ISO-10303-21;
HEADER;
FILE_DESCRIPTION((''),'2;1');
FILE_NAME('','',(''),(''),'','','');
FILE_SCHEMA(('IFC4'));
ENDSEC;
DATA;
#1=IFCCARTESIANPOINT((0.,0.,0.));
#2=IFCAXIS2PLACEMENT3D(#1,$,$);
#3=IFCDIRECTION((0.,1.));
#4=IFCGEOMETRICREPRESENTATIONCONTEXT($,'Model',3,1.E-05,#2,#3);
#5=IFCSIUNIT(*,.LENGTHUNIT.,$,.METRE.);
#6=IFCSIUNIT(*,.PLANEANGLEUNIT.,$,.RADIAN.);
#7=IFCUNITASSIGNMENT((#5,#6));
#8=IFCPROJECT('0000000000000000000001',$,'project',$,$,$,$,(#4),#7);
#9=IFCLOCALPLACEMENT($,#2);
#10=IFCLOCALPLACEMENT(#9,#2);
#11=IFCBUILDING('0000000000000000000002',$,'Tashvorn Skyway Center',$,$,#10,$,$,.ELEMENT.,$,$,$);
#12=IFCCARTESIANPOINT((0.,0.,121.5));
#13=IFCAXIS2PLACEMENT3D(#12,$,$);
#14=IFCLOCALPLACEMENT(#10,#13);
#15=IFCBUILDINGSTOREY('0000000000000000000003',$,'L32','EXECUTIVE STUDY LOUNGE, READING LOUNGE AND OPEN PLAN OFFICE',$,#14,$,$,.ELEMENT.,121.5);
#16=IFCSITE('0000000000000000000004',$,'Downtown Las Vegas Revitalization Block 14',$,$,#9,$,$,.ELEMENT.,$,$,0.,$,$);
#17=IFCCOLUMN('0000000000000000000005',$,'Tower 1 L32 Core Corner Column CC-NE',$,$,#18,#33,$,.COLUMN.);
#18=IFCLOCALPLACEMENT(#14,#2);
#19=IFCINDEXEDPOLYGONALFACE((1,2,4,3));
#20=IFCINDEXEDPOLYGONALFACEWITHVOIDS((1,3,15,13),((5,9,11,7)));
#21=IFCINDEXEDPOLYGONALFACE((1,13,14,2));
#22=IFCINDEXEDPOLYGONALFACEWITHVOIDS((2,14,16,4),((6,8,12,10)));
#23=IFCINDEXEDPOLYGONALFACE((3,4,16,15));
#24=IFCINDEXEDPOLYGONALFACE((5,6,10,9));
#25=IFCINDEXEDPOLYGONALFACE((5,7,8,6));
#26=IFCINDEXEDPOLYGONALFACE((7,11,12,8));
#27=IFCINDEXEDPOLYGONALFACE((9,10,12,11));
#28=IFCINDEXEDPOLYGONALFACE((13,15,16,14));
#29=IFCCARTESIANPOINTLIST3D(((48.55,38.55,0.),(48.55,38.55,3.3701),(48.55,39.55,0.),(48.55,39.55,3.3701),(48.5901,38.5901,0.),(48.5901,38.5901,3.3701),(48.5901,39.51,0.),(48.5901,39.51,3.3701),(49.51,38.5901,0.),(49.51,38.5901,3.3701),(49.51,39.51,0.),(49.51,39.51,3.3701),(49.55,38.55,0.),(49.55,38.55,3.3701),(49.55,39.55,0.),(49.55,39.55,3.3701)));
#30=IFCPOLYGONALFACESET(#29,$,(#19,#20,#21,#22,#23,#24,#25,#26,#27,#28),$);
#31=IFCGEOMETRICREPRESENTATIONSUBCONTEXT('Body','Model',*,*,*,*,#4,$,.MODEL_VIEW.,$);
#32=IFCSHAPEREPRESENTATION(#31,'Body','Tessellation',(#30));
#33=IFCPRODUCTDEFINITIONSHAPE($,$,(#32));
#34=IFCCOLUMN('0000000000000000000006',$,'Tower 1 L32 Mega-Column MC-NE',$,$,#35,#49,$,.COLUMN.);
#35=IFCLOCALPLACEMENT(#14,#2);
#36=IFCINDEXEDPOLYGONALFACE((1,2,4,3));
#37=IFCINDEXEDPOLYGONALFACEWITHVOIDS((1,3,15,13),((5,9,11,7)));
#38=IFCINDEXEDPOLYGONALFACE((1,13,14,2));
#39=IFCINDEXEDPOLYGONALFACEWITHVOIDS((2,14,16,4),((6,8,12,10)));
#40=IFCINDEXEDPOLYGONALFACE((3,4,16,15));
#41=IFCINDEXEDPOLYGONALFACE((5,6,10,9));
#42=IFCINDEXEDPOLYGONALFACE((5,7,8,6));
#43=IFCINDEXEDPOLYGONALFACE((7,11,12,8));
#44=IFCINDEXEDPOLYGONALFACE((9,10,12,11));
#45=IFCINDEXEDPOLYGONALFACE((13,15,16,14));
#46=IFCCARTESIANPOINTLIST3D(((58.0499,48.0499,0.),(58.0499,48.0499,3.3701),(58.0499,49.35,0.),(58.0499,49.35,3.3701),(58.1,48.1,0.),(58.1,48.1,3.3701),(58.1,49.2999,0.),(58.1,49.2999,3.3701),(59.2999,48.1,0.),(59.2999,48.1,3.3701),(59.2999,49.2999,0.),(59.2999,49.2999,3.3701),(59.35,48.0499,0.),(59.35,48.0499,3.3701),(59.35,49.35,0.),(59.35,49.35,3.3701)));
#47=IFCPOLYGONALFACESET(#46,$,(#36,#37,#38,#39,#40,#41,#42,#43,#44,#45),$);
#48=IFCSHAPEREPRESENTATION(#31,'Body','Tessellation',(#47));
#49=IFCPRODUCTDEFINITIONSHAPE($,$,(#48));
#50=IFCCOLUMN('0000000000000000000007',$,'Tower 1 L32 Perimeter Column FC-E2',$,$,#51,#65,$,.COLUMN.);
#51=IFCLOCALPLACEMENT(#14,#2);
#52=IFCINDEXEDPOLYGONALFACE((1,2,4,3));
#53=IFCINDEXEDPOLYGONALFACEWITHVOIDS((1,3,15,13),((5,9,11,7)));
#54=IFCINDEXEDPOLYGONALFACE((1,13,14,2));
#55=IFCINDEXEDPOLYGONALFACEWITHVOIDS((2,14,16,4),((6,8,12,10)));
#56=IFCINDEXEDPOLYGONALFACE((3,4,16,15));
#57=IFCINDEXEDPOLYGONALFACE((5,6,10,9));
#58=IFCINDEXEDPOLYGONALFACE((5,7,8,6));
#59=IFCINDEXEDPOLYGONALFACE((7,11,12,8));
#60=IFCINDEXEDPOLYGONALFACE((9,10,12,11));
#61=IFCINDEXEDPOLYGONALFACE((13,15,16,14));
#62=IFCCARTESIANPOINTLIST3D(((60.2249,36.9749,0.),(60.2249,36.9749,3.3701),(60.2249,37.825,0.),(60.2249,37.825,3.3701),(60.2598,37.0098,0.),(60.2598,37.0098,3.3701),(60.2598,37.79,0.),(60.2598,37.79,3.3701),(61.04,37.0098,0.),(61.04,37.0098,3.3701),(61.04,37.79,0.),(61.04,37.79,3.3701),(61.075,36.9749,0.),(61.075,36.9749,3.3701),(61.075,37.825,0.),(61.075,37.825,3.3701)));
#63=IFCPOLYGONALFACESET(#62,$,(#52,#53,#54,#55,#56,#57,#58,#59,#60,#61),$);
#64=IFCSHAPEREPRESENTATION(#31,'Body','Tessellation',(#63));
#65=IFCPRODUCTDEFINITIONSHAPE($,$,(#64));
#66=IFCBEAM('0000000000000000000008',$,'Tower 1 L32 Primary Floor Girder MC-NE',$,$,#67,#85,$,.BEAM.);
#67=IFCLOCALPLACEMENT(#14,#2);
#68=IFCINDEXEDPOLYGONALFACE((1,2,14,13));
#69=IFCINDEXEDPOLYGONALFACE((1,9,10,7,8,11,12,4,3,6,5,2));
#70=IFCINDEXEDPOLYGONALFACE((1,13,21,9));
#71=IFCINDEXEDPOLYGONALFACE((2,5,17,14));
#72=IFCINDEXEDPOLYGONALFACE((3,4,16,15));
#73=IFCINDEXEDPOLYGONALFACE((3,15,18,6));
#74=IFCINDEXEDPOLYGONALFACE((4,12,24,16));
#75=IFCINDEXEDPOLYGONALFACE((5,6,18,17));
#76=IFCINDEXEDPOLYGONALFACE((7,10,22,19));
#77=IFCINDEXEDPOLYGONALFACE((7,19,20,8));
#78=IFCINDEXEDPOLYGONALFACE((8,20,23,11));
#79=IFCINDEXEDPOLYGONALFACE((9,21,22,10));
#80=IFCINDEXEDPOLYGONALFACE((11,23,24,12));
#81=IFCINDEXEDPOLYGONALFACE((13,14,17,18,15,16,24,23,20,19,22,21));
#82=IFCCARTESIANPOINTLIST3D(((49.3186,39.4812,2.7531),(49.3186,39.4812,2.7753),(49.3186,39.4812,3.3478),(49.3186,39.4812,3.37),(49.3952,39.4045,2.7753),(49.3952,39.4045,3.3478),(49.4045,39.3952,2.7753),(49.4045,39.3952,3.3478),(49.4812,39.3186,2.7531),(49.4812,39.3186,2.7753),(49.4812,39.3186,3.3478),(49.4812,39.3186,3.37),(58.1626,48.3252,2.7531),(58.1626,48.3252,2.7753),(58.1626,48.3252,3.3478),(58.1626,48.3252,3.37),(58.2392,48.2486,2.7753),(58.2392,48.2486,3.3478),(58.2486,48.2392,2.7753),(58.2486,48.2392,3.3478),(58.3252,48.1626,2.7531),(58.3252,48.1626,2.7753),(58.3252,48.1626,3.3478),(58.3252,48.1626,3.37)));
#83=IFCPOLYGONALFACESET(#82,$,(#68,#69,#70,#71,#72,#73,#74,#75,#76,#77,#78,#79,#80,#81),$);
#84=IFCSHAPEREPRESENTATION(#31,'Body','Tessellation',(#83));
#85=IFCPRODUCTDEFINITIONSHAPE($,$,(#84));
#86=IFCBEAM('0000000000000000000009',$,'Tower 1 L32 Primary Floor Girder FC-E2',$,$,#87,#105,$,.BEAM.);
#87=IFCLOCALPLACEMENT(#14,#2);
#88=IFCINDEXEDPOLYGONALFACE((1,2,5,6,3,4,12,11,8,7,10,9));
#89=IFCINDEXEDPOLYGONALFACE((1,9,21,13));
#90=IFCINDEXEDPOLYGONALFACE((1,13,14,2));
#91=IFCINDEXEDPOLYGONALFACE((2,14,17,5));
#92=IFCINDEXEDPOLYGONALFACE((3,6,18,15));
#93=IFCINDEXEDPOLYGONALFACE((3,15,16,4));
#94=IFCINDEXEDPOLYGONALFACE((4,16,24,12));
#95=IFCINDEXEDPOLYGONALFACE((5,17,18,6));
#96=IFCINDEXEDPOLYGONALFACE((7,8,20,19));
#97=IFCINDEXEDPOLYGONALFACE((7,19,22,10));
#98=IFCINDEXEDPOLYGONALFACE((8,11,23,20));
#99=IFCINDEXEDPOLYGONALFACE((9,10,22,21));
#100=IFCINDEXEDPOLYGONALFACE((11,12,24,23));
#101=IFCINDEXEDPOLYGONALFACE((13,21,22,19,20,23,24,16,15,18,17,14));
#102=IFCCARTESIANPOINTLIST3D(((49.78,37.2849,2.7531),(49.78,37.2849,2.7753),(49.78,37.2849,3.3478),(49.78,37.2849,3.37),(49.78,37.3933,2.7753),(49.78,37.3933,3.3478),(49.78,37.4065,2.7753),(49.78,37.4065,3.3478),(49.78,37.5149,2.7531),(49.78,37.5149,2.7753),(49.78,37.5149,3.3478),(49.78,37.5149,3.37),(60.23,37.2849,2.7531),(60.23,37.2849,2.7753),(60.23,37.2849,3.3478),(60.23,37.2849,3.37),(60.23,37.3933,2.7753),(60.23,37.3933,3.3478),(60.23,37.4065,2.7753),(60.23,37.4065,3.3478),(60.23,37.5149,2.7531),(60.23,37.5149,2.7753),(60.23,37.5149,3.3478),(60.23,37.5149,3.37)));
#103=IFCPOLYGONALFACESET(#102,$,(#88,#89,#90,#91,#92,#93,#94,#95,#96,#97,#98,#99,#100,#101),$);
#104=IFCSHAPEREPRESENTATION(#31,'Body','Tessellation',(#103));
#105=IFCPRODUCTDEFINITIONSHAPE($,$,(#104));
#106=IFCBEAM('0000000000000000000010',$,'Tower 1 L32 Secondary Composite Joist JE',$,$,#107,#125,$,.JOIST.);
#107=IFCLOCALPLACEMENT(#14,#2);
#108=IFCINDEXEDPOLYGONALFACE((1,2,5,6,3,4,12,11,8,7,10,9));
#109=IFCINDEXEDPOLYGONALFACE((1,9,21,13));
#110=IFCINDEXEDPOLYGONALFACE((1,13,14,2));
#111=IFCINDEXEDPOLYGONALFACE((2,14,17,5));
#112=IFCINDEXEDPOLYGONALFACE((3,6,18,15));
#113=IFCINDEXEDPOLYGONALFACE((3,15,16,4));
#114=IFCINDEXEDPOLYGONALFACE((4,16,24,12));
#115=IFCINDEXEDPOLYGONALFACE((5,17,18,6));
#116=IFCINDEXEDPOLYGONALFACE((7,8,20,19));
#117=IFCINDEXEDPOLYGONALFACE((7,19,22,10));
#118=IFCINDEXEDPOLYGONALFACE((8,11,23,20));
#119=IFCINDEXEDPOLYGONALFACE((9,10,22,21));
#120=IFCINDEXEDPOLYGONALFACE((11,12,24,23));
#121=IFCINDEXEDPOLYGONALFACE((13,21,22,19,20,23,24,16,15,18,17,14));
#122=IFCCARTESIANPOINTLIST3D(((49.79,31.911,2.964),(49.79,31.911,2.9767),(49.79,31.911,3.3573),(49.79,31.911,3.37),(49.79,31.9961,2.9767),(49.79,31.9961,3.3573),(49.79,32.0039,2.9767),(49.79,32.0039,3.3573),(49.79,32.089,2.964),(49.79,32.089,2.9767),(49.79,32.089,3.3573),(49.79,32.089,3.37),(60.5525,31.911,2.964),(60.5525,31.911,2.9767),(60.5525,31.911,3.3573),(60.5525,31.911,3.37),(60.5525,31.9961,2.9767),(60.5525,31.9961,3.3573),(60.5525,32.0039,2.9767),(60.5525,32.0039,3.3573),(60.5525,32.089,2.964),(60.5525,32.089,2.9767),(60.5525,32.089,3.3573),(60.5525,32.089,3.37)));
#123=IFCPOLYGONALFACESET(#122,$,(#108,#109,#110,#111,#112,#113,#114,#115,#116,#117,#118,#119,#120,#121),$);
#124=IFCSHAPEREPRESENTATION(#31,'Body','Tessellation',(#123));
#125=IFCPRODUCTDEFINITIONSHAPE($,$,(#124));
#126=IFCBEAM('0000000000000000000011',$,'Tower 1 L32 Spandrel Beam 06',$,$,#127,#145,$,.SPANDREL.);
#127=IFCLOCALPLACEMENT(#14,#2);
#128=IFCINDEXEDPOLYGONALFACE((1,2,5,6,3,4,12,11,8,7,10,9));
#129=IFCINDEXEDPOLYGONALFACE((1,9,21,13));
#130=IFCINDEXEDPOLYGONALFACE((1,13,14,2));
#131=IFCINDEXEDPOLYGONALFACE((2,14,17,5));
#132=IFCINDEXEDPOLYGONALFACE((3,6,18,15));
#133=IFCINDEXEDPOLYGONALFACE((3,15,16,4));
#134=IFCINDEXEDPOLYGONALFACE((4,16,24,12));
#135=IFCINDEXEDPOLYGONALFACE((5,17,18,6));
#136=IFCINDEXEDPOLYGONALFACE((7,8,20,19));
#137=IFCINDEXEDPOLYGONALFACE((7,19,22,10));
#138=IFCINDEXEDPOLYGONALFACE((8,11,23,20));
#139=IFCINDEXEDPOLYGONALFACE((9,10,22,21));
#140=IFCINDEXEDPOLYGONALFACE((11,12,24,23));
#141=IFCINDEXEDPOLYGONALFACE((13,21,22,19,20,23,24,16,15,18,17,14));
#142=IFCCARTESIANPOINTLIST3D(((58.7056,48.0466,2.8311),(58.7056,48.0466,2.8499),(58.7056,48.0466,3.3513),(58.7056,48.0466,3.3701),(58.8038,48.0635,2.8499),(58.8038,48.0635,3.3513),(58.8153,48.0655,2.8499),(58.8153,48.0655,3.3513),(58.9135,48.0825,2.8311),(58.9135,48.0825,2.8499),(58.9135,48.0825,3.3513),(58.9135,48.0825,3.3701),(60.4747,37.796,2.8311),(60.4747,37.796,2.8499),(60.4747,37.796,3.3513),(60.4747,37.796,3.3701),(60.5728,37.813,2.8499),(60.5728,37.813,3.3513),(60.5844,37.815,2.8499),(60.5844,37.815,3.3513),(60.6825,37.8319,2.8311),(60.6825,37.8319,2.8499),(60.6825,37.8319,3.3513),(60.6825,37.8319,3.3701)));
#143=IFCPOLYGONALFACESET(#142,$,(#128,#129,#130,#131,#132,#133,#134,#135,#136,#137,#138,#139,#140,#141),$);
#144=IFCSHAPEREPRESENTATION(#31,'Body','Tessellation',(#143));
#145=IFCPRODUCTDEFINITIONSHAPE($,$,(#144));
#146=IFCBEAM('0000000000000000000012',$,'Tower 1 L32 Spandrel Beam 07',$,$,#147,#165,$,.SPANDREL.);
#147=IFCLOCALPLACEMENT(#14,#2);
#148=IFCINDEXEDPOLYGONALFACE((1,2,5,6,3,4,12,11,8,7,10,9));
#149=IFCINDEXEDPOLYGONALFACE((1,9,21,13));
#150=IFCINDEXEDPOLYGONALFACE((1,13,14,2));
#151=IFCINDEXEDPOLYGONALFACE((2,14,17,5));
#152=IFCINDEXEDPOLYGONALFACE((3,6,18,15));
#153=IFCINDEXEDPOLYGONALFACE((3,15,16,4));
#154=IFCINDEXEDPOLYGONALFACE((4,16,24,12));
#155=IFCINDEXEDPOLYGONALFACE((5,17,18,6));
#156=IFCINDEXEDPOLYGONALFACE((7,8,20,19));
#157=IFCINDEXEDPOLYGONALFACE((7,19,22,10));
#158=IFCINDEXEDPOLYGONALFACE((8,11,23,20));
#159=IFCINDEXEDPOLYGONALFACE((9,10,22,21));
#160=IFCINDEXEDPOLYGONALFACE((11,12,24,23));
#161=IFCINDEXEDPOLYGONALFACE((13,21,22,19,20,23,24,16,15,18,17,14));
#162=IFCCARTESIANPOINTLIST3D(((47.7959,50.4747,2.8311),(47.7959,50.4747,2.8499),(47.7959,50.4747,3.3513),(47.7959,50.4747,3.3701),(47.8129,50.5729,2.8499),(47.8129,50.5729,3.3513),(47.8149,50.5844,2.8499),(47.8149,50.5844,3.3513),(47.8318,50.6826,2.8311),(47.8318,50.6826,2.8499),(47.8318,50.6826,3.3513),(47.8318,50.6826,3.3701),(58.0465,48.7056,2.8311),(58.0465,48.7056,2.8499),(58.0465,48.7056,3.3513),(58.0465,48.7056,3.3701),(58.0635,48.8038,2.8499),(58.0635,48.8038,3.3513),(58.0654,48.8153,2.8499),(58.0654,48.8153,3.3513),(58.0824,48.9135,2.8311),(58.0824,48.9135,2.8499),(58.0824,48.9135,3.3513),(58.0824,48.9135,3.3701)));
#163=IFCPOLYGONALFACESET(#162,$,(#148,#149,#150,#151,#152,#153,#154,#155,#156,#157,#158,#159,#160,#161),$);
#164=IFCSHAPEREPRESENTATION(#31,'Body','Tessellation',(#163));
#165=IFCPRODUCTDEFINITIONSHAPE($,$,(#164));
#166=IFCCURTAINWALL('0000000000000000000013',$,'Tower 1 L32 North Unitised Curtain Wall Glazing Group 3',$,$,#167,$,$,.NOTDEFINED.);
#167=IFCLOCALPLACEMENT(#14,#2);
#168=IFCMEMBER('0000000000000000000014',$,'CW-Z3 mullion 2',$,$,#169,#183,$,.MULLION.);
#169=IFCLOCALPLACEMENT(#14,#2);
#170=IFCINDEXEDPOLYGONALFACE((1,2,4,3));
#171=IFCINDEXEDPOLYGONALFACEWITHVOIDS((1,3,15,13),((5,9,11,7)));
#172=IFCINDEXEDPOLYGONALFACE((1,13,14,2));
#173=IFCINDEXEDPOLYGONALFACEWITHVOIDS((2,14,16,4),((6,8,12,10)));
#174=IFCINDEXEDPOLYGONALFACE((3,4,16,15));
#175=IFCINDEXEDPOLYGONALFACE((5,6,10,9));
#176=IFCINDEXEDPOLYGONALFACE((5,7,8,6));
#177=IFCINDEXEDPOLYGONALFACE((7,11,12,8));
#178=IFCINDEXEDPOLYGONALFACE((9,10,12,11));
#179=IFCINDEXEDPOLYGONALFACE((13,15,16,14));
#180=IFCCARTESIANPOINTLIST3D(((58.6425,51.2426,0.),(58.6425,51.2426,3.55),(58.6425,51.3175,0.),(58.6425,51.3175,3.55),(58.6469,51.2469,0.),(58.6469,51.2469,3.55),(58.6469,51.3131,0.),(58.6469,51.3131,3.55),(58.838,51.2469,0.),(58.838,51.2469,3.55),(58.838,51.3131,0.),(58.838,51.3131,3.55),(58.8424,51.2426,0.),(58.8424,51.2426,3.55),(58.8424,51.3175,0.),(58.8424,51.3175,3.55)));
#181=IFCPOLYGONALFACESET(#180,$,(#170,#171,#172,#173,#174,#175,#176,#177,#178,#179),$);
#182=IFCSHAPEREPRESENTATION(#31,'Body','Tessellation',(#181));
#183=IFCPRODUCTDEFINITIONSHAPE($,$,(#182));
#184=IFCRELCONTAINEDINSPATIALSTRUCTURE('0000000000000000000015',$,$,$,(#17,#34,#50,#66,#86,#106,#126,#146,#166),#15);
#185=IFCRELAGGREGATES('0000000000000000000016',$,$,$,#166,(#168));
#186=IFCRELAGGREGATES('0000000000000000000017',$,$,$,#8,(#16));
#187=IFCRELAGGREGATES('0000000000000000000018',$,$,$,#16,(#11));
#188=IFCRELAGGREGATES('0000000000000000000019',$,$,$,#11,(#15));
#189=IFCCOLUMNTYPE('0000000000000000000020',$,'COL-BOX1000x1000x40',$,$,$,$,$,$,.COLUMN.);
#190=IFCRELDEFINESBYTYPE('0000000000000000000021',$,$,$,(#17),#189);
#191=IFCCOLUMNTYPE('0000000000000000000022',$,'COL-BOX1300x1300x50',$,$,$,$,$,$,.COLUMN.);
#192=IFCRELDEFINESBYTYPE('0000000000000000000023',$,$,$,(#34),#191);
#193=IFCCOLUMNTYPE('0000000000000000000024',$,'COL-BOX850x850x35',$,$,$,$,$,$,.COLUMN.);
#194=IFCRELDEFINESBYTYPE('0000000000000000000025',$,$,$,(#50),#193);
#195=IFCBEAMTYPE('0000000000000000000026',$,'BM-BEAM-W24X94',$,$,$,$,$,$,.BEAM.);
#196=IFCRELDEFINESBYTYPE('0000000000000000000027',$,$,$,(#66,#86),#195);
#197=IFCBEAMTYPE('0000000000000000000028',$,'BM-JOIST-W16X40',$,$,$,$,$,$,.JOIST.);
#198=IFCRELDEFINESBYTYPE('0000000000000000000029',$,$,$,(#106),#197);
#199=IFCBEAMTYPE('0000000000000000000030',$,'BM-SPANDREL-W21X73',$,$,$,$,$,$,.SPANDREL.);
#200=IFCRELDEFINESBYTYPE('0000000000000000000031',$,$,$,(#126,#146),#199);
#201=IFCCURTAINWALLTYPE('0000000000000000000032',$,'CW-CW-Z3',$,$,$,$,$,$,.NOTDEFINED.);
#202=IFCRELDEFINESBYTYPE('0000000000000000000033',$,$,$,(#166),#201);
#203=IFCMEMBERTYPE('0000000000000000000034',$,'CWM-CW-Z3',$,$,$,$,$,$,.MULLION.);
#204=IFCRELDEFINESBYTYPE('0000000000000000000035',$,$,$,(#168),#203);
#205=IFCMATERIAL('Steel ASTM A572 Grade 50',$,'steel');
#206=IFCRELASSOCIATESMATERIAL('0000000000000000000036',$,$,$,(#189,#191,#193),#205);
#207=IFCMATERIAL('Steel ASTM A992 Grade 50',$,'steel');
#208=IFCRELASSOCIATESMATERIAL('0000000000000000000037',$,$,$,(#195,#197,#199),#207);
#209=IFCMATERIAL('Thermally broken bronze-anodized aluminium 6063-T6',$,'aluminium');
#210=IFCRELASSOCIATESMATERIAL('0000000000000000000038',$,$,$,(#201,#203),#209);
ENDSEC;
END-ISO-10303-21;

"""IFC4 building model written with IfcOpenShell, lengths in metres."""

from ifc_helpers import new_model, si_unit, direction, frame, origin, origin_2d, place, context, subcontext, project, spatial, hollow_rectangle, i_section, extrude, material, material_profile, profile_set, type_object, element, aggregate, save


model = new_model("IFC4")

# Units and contexts
model_context = context("Model", 3, precision=1e-05, world=origin(), true_north=direction((0.0, 1.0)))
body_context = subcontext(model_context, "Body", "Model", "MODEL_VIEW")
ifc_project = project(units=[si_unit("LENGTHUNIT", "METRE"), si_unit("PLANEANGLEUNIT", "RADIAN")], contexts=[model_context])

# Site, building, storey
site_placement = place(None, origin())
site = spatial("IfcSite", under=ifc_project, at=site_placement, Name="Downtown Las Vegas Revitalization Block 14", CompositionType="ELEMENT", RefElevation=0.0)
building_placement = place(site_placement, origin())
building = spatial("IfcBuilding", under=site, at=building_placement, Name="Tashvorn Skyway Center", CompositionType="ELEMENT")
storey_placement = place(building_placement, frame((0.0, 0.0, 121.5)))
storey = spatial("IfcBuildingStorey", under=building, at=storey_placement, Name="L32", Description="EXECUTIVE STUDY LOUNGE, READING LOUNGE AND OPEN PLAN OFFICE", CompositionType="ELEMENT", Elevation=121.5)

# Columns
ifc_material_1 = material(Name="Steel ASTM A572 Grade 50", Category="steel")
ifc_material_profile_1 = material_profile(ifc_material_1, hollow_rectangle(XDim=1.0, YDim=1.0, WallThickness=0.04, at=origin_2d()), Name="BOX1000x1000x40")
ifc_profile_set_1 = profile_set([ifc_material_profile_1], Name="Steel ASTM A572 Grade 50")
column_type_1 = type_object("IfcColumnType", Name="COL-BOX1000x1000x40", PredefinedType="COLUMN", material=ifc_profile_set_1)
column_1_placement = place(storey_placement, frame((49.05, 39.05, 0.0), z_axis=(0.0, 0.0, 1.0), x_axis=(1.0, 0.0, 0.0)))
element("IfcColumn", 1, at=column_1_placement, inside=storey, type_object=column_type_1, Name="Tower 1 L32 Core Corner Column CC-NE", PredefinedType="COLUMN", context=body_context, shape_type="SweptSolid", body=[
    extrude(hollow_rectangle(XDim=1.0, YDim=1.0, WallThickness=0.04, at=origin_2d()), origin(), (0.0, 0.0, 1.0), 3.3701),
])
ifc_material_profile_2 = material_profile(ifc_material_1, hollow_rectangle(XDim=1.3, YDim=1.3, WallThickness=0.05, at=origin_2d()), Name="BOX1300x1300x50")
ifc_profile_set_2 = profile_set([ifc_material_profile_2], Name="Steel ASTM A572 Grade 50")
column_type_2 = type_object("IfcColumnType", Name="COL-BOX1300x1300x50", PredefinedType="COLUMN", material=ifc_profile_set_2)
column_2_placement = place(storey_placement, frame((58.7, 48.7, 0.0), z_axis=(0.0, 0.0, 1.0), x_axis=(1.0, 0.0, 0.0)))
element("IfcColumn", 2, at=column_2_placement, inside=storey, type_object=column_type_2, Name="Tower 1 L32 Mega-Column MC-NE", PredefinedType="COLUMN", context=body_context, shape_type="SweptSolid", body=[
    extrude(hollow_rectangle(XDim=1.3, YDim=1.3, WallThickness=0.05, at=origin_2d()), origin(), (0.0, 0.0, 1.0), 3.3701),
])
ifc_material_profile_3 = material_profile(ifc_material_1, hollow_rectangle(XDim=0.8501, YDim=0.8501, WallThickness=0.0349, at=origin_2d()), Name="BOX850x850x35")
ifc_profile_set_3 = profile_set([ifc_material_profile_3], Name="Steel ASTM A572 Grade 50")
column_type_3 = type_object("IfcColumnType", Name="COL-BOX850x850x35", PredefinedType="COLUMN", material=ifc_profile_set_3)
column_3_placement = place(storey_placement, frame((60.6499, 37.3999, 0.0), z_axis=(0.0, 0.0, 1.0), x_axis=(1.0, 0.0, 0.0)))
element("IfcColumn", 3, at=column_3_placement, inside=storey, type_object=column_type_3, Name="Tower 1 L32 Perimeter Column FC-E2", PredefinedType="COLUMN", context=body_context, shape_type="SweptSolid", body=[
    extrude(hollow_rectangle(XDim=0.8501, YDim=0.8501, WallThickness=0.0349, at=origin_2d()), origin(), (0.0, 0.0, 1.0), 3.3701),
])

# Beams
ifc_material_2 = material(Name="Steel ASTM A992 Grade 50", Category="steel")
ifc_material_profile_4 = material_profile(ifc_material_2, i_section(OverallWidth=0.23, OverallDepth=0.6169, WebThickness=0.0132, FlangeThickness=0.0222, at=origin_2d()), Name="W24X94")
ifc_profile_set_4 = profile_set([ifc_material_profile_4], Name="Steel ASTM A992 Grade 50")
beam_type_1 = type_object("IfcBeamType", Name="BM-BEAM-W24X94", PredefinedType="BEAM", material=ifc_profile_set_4)
beam_1_placement = place(storey_placement, frame((58.2439, 48.2439, 3.0615), z_axis=(-0.707107, -0.707107, 0.0), x_axis=(0.707107, -0.707107, 0.0)))
element("IfcBeam", 4, at=beam_1_placement, inside=storey, type_object=beam_type_1, Name="Tower 1 L32 Primary Floor Girder MC-NE", PredefinedType="BEAM", context=body_context, shape_type="SweptSolid", body=[
    extrude(i_section(OverallWidth=0.23, OverallDepth=0.6169, WebThickness=0.0132, FlangeThickness=0.0222, at=origin_2d()), origin(), (0.0, 0.0, 1.0), 12.5073),
])
beam_2_placement = place(storey_placement, frame((60.23, 37.3999, 3.0615), z_axis=(-1.0, 0.0, 0.0), x_axis=(0.0, -1.0, 0.0)))
element("IfcBeam", 5, at=beam_2_placement, inside=storey, type_object=beam_type_1, Name="Tower 1 L32 Primary Floor Girder FC-E2", PredefinedType="BEAM", context=body_context, shape_type="SweptSolid", body=[
    extrude(i_section(OverallWidth=0.23, OverallDepth=0.6169, WebThickness=0.0132, FlangeThickness=0.0222, at=origin_2d()), origin(), (0.0, 0.0, 1.0), 10.45),
])
ifc_material_profile_5 = material_profile(ifc_material_2, i_section(OverallWidth=0.178, OverallDepth=0.406, WebThickness=0.0078, FlangeThickness=0.0127, at=origin_2d()), Name="W16X40")
ifc_profile_set_5 = profile_set([ifc_material_profile_5], Name="Steel ASTM A992 Grade 50")
beam_type_2 = type_object("IfcBeamType", Name="BM-JOIST-W16X40", PredefinedType="JOIST", material=ifc_profile_set_5)
beam_3_placement = place(storey_placement, frame((49.79, 32.0, 3.167), z_axis=(1.0, 0.0, 0.0), x_axis=(0.0, 1.0, 0.0)))
element("IfcBeam", 6, at=beam_3_placement, inside=storey, type_object=beam_type_2, Name="Tower 1 L32 Secondary Composite Joist JE", PredefinedType="JOIST", context=body_context, shape_type="SweptSolid", body=[
    extrude(i_section(OverallWidth=0.178, OverallDepth=0.406, WebThickness=0.0078, FlangeThickness=0.0127, at=origin_2d()), origin(), (0.0, 0.0, 1.0), 10.7625),
])
ifc_material_profile_6 = material_profile(ifc_material_2, i_section(OverallWidth=0.2109, OverallDepth=0.5391, WebThickness=0.0117, FlangeThickness=0.0188, at=origin_2d()), Name="W21X73")
ifc_profile_set_6 = profile_set([ifc_material_profile_6], Name="Steel ASTM A992 Grade 50")
beam_type_3 = type_object("IfcBeamType", Name="BM-SPANDREL-W21X73", PredefinedType="SPANDREL", material=ifc_profile_set_6)
for number, where, z_axis, x_axis, name in (
    (7, (60.5786, 37.814, 3.1006), (-0.170067, 0.985432, 0.0), (-0.985432, -0.170067, 0.0), "Tower 1 L32 Spandrel Beam 06"),
    (8, (58.0645, 48.8096, 3.1006), (-0.985432, 0.170067, 0.0), (-0.170067, -0.985432, 0.0), "Tower 1 L32 Spandrel Beam 07"),
):
    element("IfcBeam", number, at=place(storey_placement, frame(where, z_axis=z_axis, x_axis=x_axis)), inside=storey, type_object=beam_type_3, Name=name, PredefinedType="SPANDREL", context=body_context, shape_type="SweptSolid", body=[
        extrude(i_section(OverallWidth=0.2109, OverallDepth=0.5391, WebThickness=0.0117, FlangeThickness=0.0188, at=origin_2d()), origin(), (0.0, 0.0, 1.0), 10.4021),
    ])

# Curtain wall, member
ifc_material_3 = material(Name="Thermally broken bronze-anodized aluminium 6063-T6", Category="aluminium")
curtain_wall_type = type_object("IfcCurtainWallType", Name="CW-CW-Z3", PredefinedType="NOTDEFINED", material=ifc_material_3)
curtain_wall_1_placement = place(storey_placement, origin())
curtain_wall_1 = element("IfcCurtainWall", 9, at=curtain_wall_1_placement, inside=storey, type_object=curtain_wall_type, Name="Tower 1 L32 North Unitised Curtain Wall Glazing Group 3", PredefinedType="NOTDEFINED")
ifc_material_profile_7 = material_profile(ifc_material_3, hollow_rectangle(XDim=0.075, YDim=0.2, WallThickness=0.0044, at=origin_2d()), Name="ALU-MULL-75x200")
ifc_profile_set_7 = profile_set([ifc_material_profile_7], Name="Thermally broken bronze-anodized aluminium 6063-T6")
member_type_1 = type_object("IfcMemberType", Name="CWM-CW-Z3", PredefinedType="MULLION", material=ifc_profile_set_7)
member_1_placement = place(storey_placement, frame((58.7424, 51.28, 0.0), z_axis=(0.0, 0.0, 1.0), x_axis=(0.0, 1.0, 0.0)))
member_1 = element("IfcMember", 10, at=member_1_placement, type_object=member_type_1, Name="CW-Z3 mullion 2", PredefinedType="MULLION", context=body_context, shape_type="SweptSolid", body=[
    extrude(hollow_rectangle(XDim=0.075, YDim=0.2, WallThickness=0.0044, at=origin_2d()), origin(), (0.0, 0.0, 1.0), 3.55),
])

aggregate(curtain_wall_1, [member_1])

save(model, "model.ifc")
